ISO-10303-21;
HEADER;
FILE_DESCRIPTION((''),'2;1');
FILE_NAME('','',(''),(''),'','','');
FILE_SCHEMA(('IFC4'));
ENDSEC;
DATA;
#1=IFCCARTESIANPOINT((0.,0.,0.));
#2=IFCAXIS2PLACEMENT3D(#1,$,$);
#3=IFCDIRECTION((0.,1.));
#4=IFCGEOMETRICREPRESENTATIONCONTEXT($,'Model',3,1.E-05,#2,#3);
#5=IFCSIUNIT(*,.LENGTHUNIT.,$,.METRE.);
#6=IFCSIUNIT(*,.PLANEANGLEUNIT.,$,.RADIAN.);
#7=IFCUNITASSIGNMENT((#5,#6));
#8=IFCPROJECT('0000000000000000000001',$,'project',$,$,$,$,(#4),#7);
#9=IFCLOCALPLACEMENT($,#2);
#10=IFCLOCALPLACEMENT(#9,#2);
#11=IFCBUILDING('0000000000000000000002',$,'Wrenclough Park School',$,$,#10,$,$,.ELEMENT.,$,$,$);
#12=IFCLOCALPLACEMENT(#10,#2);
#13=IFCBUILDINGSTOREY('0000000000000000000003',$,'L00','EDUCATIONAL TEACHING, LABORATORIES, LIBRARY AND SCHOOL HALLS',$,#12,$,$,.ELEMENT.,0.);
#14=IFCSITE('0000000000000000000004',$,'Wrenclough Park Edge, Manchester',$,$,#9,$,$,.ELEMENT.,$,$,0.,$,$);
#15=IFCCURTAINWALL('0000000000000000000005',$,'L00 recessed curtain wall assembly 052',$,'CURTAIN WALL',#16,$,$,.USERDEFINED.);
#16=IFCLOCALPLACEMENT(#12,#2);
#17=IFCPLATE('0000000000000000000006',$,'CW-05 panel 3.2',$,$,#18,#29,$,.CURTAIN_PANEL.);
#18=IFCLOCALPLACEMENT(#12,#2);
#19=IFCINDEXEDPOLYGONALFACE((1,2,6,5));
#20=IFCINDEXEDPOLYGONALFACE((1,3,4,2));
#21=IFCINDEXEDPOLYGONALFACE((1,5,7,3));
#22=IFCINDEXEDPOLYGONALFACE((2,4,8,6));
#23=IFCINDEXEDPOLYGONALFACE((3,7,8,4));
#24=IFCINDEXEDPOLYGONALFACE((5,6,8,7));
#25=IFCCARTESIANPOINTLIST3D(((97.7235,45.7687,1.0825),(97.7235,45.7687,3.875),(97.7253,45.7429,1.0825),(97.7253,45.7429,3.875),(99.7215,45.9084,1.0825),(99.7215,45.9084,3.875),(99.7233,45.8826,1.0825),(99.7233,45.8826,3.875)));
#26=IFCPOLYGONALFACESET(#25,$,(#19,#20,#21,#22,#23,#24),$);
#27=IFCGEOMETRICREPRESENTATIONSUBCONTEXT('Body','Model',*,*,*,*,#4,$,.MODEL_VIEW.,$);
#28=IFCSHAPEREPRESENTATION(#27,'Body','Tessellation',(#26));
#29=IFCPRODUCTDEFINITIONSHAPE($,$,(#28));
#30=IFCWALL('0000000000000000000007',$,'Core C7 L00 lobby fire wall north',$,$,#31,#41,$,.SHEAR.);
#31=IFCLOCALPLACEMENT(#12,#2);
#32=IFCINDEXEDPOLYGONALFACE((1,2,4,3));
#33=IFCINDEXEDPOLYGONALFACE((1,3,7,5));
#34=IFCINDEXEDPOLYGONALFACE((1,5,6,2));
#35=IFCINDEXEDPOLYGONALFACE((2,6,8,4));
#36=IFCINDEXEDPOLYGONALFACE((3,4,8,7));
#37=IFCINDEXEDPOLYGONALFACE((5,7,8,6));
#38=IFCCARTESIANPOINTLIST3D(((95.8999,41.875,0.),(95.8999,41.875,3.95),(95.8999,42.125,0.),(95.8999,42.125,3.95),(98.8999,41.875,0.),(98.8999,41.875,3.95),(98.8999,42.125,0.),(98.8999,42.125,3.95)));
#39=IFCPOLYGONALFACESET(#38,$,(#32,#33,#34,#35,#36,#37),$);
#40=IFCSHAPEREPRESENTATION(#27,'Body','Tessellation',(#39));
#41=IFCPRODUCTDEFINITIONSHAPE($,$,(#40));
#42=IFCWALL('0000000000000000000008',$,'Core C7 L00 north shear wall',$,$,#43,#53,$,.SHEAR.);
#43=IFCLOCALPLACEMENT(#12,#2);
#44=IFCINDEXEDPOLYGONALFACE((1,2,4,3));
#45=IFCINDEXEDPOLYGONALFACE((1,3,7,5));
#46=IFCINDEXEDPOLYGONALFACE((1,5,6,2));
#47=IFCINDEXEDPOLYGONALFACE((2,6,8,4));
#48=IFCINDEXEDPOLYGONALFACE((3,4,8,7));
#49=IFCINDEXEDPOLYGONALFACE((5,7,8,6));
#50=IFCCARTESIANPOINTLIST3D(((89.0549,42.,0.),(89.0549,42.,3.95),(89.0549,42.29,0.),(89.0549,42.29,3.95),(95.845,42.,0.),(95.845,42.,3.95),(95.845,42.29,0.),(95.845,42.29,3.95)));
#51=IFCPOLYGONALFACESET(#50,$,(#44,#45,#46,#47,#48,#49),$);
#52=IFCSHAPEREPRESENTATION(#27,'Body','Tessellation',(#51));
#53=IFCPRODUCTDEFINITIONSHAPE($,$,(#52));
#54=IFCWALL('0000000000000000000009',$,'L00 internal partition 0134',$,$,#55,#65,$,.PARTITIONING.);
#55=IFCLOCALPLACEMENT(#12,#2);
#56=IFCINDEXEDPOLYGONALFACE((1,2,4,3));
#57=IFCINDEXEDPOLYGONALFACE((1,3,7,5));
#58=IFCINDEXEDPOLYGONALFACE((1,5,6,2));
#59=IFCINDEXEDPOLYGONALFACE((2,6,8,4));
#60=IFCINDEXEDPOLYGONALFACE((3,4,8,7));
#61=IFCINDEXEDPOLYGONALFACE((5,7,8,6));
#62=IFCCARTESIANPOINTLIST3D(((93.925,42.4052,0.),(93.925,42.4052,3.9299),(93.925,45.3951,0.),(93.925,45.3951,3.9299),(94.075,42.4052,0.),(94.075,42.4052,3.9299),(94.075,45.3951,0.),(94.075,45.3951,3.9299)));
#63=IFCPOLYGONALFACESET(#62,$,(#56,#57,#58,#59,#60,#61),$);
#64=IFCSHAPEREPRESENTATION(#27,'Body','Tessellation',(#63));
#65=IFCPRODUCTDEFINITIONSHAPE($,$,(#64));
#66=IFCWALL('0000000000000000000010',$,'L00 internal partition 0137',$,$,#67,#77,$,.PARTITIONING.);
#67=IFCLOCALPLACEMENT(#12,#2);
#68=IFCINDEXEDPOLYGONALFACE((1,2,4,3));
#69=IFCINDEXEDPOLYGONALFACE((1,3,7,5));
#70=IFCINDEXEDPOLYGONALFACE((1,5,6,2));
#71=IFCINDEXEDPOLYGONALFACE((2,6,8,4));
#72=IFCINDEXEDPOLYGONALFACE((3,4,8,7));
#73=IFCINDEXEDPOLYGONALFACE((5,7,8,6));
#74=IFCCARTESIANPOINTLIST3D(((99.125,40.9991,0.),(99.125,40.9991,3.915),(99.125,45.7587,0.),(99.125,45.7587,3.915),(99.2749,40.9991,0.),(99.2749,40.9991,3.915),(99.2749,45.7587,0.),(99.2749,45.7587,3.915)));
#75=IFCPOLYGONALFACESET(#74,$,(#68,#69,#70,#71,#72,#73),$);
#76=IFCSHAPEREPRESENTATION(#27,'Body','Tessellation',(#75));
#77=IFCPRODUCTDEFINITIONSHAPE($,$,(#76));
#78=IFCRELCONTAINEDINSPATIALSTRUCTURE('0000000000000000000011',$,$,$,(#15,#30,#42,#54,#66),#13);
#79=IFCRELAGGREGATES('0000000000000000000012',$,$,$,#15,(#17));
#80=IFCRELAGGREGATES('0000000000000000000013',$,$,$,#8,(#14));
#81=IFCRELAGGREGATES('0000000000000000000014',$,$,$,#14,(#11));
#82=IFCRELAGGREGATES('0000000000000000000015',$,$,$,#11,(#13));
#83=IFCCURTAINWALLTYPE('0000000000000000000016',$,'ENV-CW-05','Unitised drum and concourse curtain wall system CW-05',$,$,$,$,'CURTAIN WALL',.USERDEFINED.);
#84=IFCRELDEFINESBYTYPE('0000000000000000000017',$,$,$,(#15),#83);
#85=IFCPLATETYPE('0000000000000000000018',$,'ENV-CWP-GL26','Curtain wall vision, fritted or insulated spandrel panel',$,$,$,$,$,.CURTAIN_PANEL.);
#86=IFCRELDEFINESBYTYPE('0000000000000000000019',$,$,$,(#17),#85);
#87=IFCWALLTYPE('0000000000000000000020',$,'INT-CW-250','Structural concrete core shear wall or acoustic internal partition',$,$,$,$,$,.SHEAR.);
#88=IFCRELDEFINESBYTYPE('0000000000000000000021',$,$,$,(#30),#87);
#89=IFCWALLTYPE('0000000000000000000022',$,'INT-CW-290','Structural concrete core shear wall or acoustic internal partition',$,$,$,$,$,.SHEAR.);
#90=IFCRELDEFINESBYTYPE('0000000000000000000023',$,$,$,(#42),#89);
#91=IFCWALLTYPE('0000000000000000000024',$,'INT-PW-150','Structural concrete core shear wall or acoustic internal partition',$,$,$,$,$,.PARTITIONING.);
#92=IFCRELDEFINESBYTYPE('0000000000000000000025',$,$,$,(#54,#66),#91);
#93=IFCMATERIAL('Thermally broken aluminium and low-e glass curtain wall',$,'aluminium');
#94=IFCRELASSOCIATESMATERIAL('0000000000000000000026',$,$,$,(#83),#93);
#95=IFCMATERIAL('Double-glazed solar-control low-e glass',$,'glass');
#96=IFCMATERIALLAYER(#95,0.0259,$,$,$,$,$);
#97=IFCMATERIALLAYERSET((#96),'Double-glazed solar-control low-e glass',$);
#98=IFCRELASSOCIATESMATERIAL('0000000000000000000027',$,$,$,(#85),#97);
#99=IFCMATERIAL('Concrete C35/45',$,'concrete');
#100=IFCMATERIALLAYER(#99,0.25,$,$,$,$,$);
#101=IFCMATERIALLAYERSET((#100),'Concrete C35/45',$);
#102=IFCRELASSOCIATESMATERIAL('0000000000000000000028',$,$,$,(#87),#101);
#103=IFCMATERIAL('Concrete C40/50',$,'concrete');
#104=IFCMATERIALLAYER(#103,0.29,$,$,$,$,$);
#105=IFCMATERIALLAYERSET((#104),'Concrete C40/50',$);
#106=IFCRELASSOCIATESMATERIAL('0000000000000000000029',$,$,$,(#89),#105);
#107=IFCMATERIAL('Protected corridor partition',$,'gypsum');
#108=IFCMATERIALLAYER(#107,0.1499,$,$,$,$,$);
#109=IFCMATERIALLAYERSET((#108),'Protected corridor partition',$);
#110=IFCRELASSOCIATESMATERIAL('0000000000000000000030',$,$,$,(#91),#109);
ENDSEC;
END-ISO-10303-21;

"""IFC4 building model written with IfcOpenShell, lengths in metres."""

from ifc_helpers import new_model, si_unit, direction, frame, frame_2d, origin, origin_2d, place, context, subcontext, project, spatial, rectangle, extrude, material, layer, layer_set, type_object, element, aggregate, save


model = new_model("IFC4")

# Units and contexts
model_context = context("Model", 3, precision=1e-05, world=origin(), true_north=direction((0.0, 1.0)))
body_context = subcontext(model_context, "Body", "Model", "MODEL_VIEW")
ifc_project = project(units=[si_unit("LENGTHUNIT", "METRE"), si_unit("PLANEANGLEUNIT", "RADIAN")], contexts=[model_context])

# Site, building, storey
site_placement = place(None, origin())
site = spatial("IfcSite", under=ifc_project, at=site_placement, Name="Wrenclough Park Edge, Manchester", CompositionType="ELEMENT", RefElevation=0.0)
building_placement = place(site_placement, origin())
building = spatial("IfcBuilding", under=site, at=building_placement, Name="Wrenclough Park School", CompositionType="ELEMENT")
storey_placement = place(building_placement, origin())
storey = spatial("IfcBuildingStorey", under=building, at=storey_placement, Name="L00", Description="EDUCATIONAL TEACHING, LABORATORIES, LIBRARY AND SCHOOL HALLS", CompositionType="ELEMENT", Elevation=0.0)

# Shared definitions
ifc_material_1 = material(Name="Concrete C35/45", Category="concrete")

# Curtain wall, plate
ifc_material_2 = material(Name="Thermally broken aluminium and low-e glass curtain wall", Category="aluminium")
curtain_wall_type = type_object("IfcCurtainWallType", Name="ENV-CW-05", Description="Unitised drum and concourse curtain wall system CW-05", ElementType="CURTAIN WALL", PredefinedType="USERDEFINED", material=ifc_material_2)
curtain_wall_placement = place(storey_placement, origin())
curtain_wall = element("IfcCurtainWall", 1, at=curtain_wall_placement, inside=storey, type_object=curtain_wall_type, Name="L00 recessed curtain wall assembly 052", ObjectType="CURTAIN WALL", PredefinedType="USERDEFINED")
ifc_material_3 = material(Name="Double-glazed solar-control low-e glass", Category="glass")
ifc_layer_1 = layer(ifc_material_3, 0.0259)
ifc_layer_set_1 = layer_set([ifc_layer_1], Name="Double-glazed solar-control low-e glass")
plate_type = type_object("IfcPlateType", Name="ENV-CWP-GL26", Description="Curtain wall vision, fritted or insulated spandrel panel", PredefinedType="CURTAIN_PANEL", material=ifc_layer_set_1)
plate_1_placement = place(storey_placement, frame((98.7234, 45.8257, 1.0825), z_axis=(0.0, 0.0, 1.0), x_axis=(0.997564, 0.069753, 0.0)))
plate_1 = element("IfcPlate", 2, at=plate_1_placement, type_object=plate_type, Name="CW-05 panel 3.2", PredefinedType="CURTAIN_PANEL", context=body_context, shape_type="SweptSolid", body=[
    extrude(rectangle(XDim=2.0029, YDim=0.0259, at=origin_2d()), origin(), (0.0, 0.0, 1.0), 2.7925),
])
aggregate(curtain_wall, [plate_1])

# Walls
ifc_layer_2 = layer(ifc_material_1, 0.25)
ifc_layer_set_2 = layer_set([ifc_layer_2], Name="Concrete C35/45")
wall_type_1 = type_object("IfcWallType", Name="INT-CW-250", Description="Structural concrete core shear wall or acoustic internal partition", PredefinedType="SHEAR", material=ifc_layer_set_2)
wall_1_placement = place(storey_placement, frame((98.8999, 42.0, 0.0), z_axis=(0.0, 0.0, 1.0), x_axis=(-1.0, 0.0, 0.0)))
element("IfcWall", 3, at=wall_1_placement, inside=storey, type_object=wall_type_1, Name="Core C7 L00 lobby fire wall north", PredefinedType="SHEAR", context=body_context, shape_type="SweptSolid", body=[
    extrude(rectangle(XDim=3.0, YDim=0.25, at=frame_2d((1.5, 0.0))), origin(), (0.0, 0.0, 1.0), 3.95),
])
ifc_material_4 = material(Name="Concrete C40/50", Category="concrete")
ifc_layer_3 = layer(ifc_material_4, 0.29)
ifc_layer_set_3 = layer_set([ifc_layer_3], Name="Concrete C40/50")
wall_type_2 = type_object("IfcWallType", Name="INT-CW-290", Description="Structural concrete core shear wall or acoustic internal partition", PredefinedType="SHEAR", material=ifc_layer_set_3)
wall_2_placement = place(storey_placement, frame((95.845, 42.145, 0.0), z_axis=(0.0, 0.0, 1.0), x_axis=(-1.0, 0.0, 0.0)))
element("IfcWall", 4, at=wall_2_placement, inside=storey, type_object=wall_type_2, Name="Core C7 L00 north shear wall", PredefinedType="SHEAR", context=body_context, shape_type="SweptSolid", body=[
    extrude(rectangle(XDim=6.79, YDim=0.29, at=frame_2d((3.395, 0.0))), origin(), (0.0, 0.0, 1.0), 3.95),
])
ifc_material_5 = material(Name="Protected corridor partition", Category="gypsum")
ifc_layer_4 = layer(ifc_material_5, 0.1499)
ifc_layer_set_4 = layer_set([ifc_layer_4], Name="Protected corridor partition")
wall_type_3 = type_object("IfcWallType", Name="INT-PW-150", Description="Structural concrete core shear wall or acoustic internal partition", PredefinedType="PARTITIONING", material=ifc_layer_set_4)
wall_3_placement = place(storey_placement, frame((94.0, 42.405, 0.0), z_axis=(0.0, 0.0, 1.0), x_axis=(0.0, 1.0, 0.0)))
element("IfcWall", 5, at=wall_3_placement, inside=storey, type_object=wall_type_3, Name="L00 internal partition 0134", PredefinedType="PARTITIONING", context=body_context, shape_type="SweptSolid", body=[
    extrude(rectangle(XDim=2.99, YDim=0.1499, at=frame_2d((1.4951, 0.0))), origin(), (0.0, 0.0, 1.0), 3.9299),
])
wall_4_placement = place(storey_placement, frame((99.2, 45.7588, 0.0), z_axis=(0.0, 0.0, 1.0), x_axis=(0.0, -1.0, 0.0)))
element("IfcWall", 6, at=wall_4_placement, inside=storey, type_object=wall_type_3, Name="L00 internal partition 0137", PredefinedType="PARTITIONING", context=body_context, shape_type="SweptSolid", body=[
    extrude(rectangle(XDim=4.7595, YDim=0.1499, at=frame_2d((2.3799, 0.0))), origin(), (0.0, 0.0, 1.0), 3.915),
])

save(model, "model.ifc")
